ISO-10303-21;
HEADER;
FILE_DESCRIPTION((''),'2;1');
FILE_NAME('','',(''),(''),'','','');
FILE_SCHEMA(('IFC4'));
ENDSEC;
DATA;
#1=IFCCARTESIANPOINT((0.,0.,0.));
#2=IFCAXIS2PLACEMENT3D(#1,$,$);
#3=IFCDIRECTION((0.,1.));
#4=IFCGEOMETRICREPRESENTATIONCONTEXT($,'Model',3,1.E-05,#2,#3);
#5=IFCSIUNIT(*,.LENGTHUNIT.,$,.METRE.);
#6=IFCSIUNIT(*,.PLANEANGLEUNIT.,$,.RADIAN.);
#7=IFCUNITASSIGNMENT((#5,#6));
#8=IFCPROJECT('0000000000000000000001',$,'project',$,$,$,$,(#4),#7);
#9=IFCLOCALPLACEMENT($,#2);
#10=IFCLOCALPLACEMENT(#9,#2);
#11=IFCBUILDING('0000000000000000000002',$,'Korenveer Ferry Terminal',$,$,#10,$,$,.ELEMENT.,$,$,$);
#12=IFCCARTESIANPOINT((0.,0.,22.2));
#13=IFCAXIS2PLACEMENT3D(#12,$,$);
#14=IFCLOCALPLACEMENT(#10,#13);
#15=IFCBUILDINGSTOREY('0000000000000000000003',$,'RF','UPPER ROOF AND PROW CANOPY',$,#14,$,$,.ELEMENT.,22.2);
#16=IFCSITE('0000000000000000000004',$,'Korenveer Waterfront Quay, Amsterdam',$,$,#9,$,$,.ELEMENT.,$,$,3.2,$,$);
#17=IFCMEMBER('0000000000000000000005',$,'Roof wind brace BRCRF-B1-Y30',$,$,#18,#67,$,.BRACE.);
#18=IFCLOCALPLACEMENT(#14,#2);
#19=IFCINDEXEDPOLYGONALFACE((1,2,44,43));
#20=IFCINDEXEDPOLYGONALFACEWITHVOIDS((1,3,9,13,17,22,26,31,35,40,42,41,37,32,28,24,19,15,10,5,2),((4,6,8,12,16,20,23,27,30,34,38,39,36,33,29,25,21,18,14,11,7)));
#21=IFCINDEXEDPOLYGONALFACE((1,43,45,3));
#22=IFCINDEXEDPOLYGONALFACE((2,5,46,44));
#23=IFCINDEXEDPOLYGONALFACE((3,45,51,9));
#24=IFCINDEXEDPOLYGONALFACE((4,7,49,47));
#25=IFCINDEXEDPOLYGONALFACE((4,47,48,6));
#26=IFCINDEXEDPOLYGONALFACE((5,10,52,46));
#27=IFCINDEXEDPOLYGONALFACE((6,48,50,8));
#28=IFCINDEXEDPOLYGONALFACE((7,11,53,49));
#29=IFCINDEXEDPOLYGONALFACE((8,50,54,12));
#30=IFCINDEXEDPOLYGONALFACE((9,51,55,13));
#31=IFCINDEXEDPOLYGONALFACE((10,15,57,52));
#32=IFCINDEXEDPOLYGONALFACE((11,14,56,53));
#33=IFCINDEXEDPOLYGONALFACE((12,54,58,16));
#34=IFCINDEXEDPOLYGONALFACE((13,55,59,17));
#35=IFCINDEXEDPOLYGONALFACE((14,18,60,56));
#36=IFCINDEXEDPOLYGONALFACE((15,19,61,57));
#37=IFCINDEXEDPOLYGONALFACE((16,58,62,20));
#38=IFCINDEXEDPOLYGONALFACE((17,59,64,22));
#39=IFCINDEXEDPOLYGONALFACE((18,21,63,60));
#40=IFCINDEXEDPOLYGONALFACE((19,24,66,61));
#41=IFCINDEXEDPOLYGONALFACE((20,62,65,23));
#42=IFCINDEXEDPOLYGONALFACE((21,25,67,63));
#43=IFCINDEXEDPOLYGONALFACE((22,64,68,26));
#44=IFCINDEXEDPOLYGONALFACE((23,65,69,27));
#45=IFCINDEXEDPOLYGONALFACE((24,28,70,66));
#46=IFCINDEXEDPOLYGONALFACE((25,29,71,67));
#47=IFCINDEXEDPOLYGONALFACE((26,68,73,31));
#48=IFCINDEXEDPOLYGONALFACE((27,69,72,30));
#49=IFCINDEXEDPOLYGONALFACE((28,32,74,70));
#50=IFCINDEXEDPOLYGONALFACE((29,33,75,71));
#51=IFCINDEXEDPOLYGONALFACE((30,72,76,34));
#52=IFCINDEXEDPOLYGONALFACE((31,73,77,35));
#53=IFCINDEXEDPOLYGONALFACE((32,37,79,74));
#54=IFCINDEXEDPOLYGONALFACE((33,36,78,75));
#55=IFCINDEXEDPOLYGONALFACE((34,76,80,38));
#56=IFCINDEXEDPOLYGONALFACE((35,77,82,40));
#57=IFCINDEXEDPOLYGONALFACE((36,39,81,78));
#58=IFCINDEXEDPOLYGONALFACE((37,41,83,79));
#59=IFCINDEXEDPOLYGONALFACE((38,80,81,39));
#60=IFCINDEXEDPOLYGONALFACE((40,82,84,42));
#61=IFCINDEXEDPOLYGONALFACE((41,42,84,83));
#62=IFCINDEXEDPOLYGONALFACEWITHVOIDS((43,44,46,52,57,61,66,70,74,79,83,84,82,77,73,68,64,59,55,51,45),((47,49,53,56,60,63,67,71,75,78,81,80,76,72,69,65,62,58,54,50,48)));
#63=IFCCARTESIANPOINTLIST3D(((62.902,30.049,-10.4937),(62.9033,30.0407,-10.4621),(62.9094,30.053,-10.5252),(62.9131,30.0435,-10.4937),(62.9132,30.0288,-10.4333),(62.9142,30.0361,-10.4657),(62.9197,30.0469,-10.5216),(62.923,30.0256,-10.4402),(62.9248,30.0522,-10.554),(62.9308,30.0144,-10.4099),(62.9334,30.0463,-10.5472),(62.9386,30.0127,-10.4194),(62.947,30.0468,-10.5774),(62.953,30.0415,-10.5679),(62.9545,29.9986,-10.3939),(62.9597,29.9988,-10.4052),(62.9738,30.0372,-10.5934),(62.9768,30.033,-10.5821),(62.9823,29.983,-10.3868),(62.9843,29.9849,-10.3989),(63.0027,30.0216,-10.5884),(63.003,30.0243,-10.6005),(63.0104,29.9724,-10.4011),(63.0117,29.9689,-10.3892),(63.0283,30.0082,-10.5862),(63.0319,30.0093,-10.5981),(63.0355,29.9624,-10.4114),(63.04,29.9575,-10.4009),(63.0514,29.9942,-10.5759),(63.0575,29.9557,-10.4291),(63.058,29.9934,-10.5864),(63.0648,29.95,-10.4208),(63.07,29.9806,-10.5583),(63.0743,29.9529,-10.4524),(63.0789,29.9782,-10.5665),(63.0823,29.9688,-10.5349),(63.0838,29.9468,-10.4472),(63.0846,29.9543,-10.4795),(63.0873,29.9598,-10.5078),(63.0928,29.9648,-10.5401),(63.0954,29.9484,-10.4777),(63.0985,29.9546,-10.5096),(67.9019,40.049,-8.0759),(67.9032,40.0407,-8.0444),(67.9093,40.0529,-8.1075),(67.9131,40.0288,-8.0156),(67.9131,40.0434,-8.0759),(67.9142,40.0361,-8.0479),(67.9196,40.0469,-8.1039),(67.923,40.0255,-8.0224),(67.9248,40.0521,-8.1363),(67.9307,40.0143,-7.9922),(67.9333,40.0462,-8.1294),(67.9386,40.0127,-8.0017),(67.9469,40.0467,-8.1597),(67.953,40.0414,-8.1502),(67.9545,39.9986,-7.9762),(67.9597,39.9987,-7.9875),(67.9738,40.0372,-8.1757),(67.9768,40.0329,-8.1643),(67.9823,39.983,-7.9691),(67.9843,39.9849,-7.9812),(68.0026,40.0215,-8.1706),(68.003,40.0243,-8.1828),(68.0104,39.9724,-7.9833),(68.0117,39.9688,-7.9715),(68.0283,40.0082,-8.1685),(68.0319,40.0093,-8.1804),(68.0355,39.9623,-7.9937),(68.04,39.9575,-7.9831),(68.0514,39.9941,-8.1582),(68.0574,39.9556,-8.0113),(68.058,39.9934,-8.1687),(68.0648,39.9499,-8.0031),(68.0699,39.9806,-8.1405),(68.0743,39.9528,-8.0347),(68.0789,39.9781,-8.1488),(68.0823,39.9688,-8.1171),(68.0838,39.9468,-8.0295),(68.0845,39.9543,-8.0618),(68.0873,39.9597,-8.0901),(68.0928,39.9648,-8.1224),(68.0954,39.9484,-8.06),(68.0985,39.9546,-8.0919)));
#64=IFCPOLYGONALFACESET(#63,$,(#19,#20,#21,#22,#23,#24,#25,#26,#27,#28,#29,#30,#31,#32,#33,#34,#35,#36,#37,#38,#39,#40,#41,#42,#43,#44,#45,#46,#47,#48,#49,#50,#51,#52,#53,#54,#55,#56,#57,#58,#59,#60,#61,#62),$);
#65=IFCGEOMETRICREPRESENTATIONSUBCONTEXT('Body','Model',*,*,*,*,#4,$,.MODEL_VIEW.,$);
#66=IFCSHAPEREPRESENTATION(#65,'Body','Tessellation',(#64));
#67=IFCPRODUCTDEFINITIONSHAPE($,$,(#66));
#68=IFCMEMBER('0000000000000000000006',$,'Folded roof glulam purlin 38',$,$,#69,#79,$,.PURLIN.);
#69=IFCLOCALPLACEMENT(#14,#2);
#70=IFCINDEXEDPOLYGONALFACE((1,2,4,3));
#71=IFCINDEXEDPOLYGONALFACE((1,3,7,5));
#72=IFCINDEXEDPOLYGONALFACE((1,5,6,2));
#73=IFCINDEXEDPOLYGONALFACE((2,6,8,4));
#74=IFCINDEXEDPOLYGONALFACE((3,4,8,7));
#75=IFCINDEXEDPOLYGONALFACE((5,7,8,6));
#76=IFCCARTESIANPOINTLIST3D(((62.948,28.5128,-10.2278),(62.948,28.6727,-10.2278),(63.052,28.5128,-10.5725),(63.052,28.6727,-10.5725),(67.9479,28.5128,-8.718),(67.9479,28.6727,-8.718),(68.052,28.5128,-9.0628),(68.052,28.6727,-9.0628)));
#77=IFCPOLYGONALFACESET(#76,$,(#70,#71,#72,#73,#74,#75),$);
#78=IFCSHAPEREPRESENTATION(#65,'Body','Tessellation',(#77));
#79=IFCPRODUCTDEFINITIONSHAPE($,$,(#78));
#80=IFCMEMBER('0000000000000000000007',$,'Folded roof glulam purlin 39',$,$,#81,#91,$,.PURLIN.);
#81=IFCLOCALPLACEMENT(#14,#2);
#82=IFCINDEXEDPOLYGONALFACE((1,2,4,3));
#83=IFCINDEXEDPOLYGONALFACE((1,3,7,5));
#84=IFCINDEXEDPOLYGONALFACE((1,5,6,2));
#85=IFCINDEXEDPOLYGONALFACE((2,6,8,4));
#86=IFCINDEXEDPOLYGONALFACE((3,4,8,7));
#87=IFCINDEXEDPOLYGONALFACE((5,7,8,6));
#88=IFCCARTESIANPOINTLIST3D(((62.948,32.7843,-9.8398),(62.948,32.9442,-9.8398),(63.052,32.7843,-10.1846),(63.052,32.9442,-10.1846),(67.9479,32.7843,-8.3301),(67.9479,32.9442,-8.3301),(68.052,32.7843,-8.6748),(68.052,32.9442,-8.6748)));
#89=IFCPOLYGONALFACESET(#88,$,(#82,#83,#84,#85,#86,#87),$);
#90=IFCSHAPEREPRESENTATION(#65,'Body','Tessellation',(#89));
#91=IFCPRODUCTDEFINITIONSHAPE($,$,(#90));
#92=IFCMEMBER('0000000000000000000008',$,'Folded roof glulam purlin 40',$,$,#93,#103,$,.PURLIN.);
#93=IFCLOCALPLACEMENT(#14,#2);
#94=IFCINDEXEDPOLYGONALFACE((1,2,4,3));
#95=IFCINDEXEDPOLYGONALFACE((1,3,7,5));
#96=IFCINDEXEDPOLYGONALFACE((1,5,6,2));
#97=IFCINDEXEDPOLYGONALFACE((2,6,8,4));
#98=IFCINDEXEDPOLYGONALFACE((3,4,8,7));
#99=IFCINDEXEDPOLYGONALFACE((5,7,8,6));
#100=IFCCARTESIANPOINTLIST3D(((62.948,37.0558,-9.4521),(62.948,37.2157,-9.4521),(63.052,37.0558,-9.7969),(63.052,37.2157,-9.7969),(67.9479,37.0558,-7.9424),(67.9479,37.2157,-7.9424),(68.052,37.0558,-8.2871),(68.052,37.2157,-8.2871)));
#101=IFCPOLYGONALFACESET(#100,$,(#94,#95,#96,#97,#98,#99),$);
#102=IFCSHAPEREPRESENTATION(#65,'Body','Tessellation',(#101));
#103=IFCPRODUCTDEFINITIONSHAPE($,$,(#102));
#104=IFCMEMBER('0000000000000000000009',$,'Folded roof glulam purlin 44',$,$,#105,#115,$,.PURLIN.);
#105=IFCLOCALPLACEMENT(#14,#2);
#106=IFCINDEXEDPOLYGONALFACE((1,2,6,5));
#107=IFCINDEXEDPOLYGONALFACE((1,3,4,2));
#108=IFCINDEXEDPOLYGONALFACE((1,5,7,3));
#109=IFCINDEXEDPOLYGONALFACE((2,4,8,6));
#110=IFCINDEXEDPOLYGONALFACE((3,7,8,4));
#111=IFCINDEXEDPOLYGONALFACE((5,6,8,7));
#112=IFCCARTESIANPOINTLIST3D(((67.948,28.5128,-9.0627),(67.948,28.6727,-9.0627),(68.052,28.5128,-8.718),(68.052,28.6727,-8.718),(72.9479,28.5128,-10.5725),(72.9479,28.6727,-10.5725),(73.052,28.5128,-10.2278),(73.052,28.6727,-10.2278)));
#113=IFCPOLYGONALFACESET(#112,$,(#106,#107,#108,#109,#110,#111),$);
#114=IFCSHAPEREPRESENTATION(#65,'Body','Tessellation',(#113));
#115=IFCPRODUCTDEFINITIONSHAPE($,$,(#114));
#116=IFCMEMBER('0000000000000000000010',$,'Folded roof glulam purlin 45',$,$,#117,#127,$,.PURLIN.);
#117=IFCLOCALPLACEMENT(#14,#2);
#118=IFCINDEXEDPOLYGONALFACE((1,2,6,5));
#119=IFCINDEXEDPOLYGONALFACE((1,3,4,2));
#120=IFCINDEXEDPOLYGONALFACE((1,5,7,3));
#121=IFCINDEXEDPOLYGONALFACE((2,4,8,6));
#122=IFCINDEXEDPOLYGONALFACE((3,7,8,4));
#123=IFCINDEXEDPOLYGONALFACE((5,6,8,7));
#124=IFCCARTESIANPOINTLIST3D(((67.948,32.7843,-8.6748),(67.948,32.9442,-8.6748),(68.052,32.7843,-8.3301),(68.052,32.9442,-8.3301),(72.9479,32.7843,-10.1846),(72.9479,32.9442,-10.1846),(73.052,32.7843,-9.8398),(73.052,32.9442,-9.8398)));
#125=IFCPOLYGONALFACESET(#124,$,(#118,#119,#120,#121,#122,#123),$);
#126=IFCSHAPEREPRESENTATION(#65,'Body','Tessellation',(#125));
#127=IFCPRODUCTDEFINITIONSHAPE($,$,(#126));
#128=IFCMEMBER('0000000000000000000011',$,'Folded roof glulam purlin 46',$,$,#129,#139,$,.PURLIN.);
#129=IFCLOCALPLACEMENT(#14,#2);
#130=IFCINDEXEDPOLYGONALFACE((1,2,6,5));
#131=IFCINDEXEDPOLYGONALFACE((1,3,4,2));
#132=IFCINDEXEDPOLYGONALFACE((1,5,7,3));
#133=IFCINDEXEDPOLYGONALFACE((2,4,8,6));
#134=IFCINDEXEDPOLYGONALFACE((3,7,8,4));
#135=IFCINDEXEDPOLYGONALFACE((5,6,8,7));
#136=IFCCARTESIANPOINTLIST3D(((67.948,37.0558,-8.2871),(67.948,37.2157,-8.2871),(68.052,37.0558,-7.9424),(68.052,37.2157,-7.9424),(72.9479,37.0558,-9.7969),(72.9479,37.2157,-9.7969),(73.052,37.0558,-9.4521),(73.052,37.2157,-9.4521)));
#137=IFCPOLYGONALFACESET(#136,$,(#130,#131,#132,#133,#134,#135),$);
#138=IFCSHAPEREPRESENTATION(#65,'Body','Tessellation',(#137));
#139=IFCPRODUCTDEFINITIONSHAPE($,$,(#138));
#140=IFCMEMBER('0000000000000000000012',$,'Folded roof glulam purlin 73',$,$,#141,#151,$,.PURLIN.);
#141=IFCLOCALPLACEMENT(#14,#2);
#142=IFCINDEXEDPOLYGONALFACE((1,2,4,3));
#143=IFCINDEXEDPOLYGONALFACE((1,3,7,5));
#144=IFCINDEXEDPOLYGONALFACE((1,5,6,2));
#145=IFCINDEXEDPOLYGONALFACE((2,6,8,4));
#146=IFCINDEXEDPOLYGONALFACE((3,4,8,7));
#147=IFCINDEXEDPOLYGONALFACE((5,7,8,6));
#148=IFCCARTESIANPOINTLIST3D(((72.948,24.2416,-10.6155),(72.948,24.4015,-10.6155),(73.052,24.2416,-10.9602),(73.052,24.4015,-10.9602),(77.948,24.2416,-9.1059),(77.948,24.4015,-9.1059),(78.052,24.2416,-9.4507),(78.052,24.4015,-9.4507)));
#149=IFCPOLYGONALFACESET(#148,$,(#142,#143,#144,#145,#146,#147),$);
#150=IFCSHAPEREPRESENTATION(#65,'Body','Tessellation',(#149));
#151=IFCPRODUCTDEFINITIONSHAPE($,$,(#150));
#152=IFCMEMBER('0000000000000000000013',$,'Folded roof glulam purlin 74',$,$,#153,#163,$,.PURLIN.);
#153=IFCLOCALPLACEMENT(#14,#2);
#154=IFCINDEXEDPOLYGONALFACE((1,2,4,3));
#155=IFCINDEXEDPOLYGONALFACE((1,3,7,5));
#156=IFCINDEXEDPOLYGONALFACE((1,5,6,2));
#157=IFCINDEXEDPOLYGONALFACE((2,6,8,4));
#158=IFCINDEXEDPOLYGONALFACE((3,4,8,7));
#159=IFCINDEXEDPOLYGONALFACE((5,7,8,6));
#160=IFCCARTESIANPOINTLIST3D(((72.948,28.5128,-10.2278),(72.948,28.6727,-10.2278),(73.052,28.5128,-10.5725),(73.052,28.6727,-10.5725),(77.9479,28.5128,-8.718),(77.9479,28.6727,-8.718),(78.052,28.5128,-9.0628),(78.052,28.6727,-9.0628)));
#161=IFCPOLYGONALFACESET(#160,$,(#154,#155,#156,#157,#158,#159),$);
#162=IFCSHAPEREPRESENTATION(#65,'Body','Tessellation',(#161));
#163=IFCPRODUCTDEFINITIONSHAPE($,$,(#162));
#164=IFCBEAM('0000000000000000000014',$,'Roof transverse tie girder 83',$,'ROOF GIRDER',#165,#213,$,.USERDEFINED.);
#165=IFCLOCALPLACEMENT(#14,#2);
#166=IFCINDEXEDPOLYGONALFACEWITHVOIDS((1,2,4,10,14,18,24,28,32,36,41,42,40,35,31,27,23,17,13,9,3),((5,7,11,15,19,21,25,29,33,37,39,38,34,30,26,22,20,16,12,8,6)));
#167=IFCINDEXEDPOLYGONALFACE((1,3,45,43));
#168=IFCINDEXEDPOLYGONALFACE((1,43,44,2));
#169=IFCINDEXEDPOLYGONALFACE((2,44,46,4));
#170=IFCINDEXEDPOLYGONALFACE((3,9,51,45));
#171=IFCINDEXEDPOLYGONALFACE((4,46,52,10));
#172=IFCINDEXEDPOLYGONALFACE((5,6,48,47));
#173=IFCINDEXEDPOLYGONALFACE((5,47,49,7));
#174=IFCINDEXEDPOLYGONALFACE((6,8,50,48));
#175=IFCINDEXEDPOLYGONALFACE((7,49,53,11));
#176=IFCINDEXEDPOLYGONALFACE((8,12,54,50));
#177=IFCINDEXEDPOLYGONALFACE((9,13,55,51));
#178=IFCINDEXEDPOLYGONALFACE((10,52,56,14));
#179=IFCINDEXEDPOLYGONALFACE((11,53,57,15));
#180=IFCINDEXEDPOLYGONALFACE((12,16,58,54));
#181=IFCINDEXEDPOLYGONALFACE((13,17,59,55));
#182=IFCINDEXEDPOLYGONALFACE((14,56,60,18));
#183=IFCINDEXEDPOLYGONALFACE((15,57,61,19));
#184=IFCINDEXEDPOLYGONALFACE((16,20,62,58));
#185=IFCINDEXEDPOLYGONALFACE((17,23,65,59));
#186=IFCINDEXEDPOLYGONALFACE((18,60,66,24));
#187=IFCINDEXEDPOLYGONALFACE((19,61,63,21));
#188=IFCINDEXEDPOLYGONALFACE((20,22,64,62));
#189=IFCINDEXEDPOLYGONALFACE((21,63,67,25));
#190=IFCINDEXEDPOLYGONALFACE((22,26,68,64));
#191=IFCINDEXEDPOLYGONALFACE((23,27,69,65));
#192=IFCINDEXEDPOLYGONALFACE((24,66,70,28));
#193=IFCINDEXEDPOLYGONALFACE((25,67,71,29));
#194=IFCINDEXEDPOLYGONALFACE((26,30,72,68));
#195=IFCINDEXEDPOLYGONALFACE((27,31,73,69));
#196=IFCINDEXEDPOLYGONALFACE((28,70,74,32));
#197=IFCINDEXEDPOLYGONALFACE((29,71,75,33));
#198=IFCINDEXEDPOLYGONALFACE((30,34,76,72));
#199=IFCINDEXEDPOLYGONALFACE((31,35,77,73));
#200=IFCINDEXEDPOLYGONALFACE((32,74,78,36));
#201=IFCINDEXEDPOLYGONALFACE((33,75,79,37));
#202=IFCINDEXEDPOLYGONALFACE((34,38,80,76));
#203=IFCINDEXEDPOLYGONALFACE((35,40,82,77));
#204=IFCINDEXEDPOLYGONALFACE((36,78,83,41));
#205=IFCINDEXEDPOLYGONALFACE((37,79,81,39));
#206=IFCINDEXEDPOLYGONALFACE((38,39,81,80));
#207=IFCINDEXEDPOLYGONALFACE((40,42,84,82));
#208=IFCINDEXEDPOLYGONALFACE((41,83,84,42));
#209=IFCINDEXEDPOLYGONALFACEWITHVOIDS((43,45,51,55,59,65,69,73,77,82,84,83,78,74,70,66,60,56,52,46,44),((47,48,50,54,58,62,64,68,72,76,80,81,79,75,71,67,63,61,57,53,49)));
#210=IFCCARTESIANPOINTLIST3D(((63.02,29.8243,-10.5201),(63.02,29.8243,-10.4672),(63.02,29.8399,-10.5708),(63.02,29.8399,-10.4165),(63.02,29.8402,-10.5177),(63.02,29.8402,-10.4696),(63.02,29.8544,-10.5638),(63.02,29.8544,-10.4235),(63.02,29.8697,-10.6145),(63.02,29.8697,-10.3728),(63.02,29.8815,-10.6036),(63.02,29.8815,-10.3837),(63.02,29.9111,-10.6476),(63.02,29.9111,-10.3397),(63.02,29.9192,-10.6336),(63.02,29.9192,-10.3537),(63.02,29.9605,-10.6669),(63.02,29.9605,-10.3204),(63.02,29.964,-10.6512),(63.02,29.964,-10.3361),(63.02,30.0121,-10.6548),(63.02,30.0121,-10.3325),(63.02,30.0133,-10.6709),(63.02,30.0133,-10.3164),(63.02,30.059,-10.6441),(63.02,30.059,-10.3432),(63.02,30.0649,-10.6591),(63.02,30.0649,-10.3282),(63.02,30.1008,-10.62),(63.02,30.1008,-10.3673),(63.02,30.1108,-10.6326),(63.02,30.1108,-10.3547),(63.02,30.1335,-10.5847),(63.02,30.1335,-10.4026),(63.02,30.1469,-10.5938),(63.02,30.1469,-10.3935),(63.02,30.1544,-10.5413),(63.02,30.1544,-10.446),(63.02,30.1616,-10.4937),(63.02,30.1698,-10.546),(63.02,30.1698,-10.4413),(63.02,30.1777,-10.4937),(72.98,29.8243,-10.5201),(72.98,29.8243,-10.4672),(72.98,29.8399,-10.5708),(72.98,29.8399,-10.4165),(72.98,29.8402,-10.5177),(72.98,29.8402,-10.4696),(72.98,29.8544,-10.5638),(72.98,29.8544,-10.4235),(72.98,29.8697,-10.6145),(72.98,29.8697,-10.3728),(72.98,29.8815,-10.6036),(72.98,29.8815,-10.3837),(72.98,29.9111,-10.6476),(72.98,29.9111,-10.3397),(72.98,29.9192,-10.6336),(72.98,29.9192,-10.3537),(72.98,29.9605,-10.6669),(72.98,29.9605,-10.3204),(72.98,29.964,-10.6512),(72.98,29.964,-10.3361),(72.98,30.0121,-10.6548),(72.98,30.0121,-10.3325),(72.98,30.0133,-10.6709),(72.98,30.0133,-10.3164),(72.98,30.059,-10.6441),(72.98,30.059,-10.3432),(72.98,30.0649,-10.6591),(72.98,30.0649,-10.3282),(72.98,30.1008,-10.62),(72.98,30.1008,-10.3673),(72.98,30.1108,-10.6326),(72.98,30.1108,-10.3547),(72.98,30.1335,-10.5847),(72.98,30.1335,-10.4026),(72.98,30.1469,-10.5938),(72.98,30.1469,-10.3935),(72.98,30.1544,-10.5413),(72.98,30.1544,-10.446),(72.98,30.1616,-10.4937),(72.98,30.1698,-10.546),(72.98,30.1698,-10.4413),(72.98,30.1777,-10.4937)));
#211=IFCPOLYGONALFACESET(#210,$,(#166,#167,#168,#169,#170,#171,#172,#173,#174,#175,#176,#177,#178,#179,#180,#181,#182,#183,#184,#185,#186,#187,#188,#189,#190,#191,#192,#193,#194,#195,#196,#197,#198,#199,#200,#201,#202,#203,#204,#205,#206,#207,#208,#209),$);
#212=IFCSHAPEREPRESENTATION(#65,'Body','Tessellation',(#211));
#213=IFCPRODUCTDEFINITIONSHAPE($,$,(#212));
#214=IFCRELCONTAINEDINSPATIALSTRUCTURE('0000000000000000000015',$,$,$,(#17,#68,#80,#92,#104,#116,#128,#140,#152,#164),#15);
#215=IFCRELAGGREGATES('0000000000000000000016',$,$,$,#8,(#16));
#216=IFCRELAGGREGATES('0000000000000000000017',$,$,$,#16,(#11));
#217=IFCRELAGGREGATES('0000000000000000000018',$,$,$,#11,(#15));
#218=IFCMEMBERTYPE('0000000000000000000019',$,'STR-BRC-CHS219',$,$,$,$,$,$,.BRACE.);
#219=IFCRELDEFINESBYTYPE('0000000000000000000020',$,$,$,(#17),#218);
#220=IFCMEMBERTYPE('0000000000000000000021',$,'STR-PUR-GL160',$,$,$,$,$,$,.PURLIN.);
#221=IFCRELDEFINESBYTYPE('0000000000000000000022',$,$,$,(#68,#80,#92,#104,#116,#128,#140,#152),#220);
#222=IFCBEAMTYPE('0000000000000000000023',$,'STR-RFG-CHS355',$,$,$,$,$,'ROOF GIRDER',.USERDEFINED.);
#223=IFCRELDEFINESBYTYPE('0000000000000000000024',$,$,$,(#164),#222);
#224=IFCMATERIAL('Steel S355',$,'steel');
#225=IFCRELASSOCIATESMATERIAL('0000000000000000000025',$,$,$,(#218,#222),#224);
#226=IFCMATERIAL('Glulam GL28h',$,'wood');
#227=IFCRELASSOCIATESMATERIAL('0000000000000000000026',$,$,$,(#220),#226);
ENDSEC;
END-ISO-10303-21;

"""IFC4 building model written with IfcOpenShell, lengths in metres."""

from ifc_helpers import new_model, si_unit, direction, frame, origin, origin_2d, place, context, subcontext, project, spatial, rectangle, hollow_circle, extrude, material, material_profile, profile_set, type_object, element, save


model = new_model("IFC4")

# Units and contexts
model_context = context("Model", 3, precision=1e-05, world=origin(), true_north=direction((0.0, 1.0)))
body_context = subcontext(model_context, "Body", "Model", "MODEL_VIEW")
ifc_project = project(units=[si_unit("LENGTHUNIT", "METRE"), si_unit("PLANEANGLEUNIT", "RADIAN")], contexts=[model_context])

# Site, building, storey
site_placement = place(None, origin())
site = spatial("IfcSite", under=ifc_project, at=site_placement, Name="Korenveer Waterfront Quay, Amsterdam", CompositionType="ELEMENT", RefElevation=3.2)
building_placement = place(site_placement, origin())
building = spatial("IfcBuilding", under=site, at=building_placement, Name="Korenveer Ferry Terminal", CompositionType="ELEMENT")
storey_placement = place(building_placement, frame((0.0, 0.0, 22.2)))
storey = spatial("IfcBuildingStorey", under=building, at=storey_placement, Name="RF", Description="UPPER ROOF AND PROW CANOPY", CompositionType="ELEMENT", Elevation=22.2)

# Shared definitions
ifc_material_1 = material(Name="Steel S355", Category="steel")

# Members
ifc_material_profile_1 = material_profile(ifc_material_1, hollow_circle(Radius=0.1096, WallThickness=0.0125, at=origin_2d()), Name="CHS 219.1x12.5")
ifc_profile_set_1 = profile_set([ifc_material_profile_1], Name="Steel S355")
member_type_1 = type_object("IfcMemberType", Name="STR-BRC-CHS219", PredefinedType="BRACE", material=ifc_profile_set_1)
member_1_placement = place(storey_placement, frame((63.0, 30.0, -10.4937), z_axis=(0.43711, 0.87422, 0.211362), x_axis=(-0.894427, 0.447214, 0.0)))
element("IfcMember", 1, at=member_1_placement, inside=storey, type_object=member_type_1, Name="Roof wind brace BRCRF-B1-Y30", PredefinedType="BRACE", context=body_context, shape_type="SweptSolid", body=[
    extrude(hollow_circle(Radius=0.1096, WallThickness=0.0125, at=origin_2d()), origin(), (0.0, 0.0, 1.0), 11.4387),
])
ifc_material_2 = material(Name="Glulam GL28h", Category="wood")
ifc_material_profile_2 = material_profile(ifc_material_2, rectangle(XDim=0.1599, YDim=0.3601, at=origin_2d()), Name="GL 160x360")
ifc_profile_set_2 = profile_set([ifc_material_profile_2], Name="Glulam GL28h")
member_type_2 = type_object("IfcMemberType", Name="STR-PUR-GL160", PredefinedType="PURLIN", material=ifc_profile_set_2)
for number, where, z_axis, x_axis, name in (
    (2, (63.0, 28.5928, -10.4001), (0.95731, 0.0, 0.289063), (0.0, 1.0, 0.0), "Folded roof glulam purlin 38"),
    (3, (63.0, 32.8643, -10.0122), (0.95731, 0.0, 0.289063), (0.0, 1.0, 0.0), "Folded roof glulam purlin 39"),
    (4, (63.0, 37.1357, -9.6245), (0.95731, 0.0, 0.289063), (0.0, 1.0, 0.0), "Folded roof glulam purlin 40"),
    (5, (68.0, 28.5928, -8.8904), (0.95731, 0.0, -0.289063), (0.0, 1.0, 0.0), "Folded roof glulam purlin 44"),
    (6, (68.0, 32.8643, -8.5024), (0.95731, 0.0, -0.289063), (0.0, 1.0, 0.0), "Folded roof glulam purlin 45"),
    (7, (68.0, 37.1357, -8.1147), (0.95731, 0.0, -0.289063), (0.0, 1.0, 0.0), "Folded roof glulam purlin 46"),
    (8, (73.0, 24.3215, -10.7878), (0.957323, 0.0, 0.28902), (0.0, 1.0, 0.0), "Folded roof glulam purlin 73"),
    (9, (73.0, 28.5928, -10.4001), (0.95731, 0.0, 0.289063), (0.0, 1.0, 0.0), "Folded roof glulam purlin 74"),
):
    element("IfcMember", number, at=place(storey_placement, frame(where, z_axis=z_axis, x_axis=x_axis)), inside=storey, type_object=member_type_2, Name=name, PredefinedType="PURLIN", context=body_context, shape_type="SweptSolid", body=[
        extrude(rectangle(XDim=0.1599, YDim=0.3601, at=origin_2d()), origin(), (0.0, 0.0, 1.0), 5.2229),
    ])

# Beam
ifc_material_profile_3 = material_profile(ifc_material_1, hollow_circle(Radius=0.1777, WallThickness=0.0161, at=origin_2d()), Name="CHS 355.6x16")
ifc_profile_set_3 = profile_set([ifc_material_profile_3], Name="Steel S355")
beam_type_1 = type_object("IfcBeamType", Name="STR-RFG-CHS355", ElementType="ROOF GIRDER", PredefinedType="USERDEFINED", material=ifc_profile_set_3)
for number, where, z_axis, x_axis, name in (
    (10, (63.02, 30.0, -10.4937), (1.0, 0.0, 0.0), (0.0, 1.0, 0.0), "Roof transverse tie girder 83"),
):
    element("IfcBeam", number, at=place(storey_placement, frame(where, z_axis=z_axis, x_axis=x_axis)), inside=storey, type_object=beam_type_1, Name=name, ObjectType="ROOF GIRDER", PredefinedType="USERDEFINED", context=body_context, shape_type="SweptSolid", body=[
        extrude(hollow_circle(Radius=0.1777, WallThickness=0.0161, at=origin_2d()), origin(), (0.0, 0.0, 1.0), 9.96),
    ])

save(model, "model.ifc")
